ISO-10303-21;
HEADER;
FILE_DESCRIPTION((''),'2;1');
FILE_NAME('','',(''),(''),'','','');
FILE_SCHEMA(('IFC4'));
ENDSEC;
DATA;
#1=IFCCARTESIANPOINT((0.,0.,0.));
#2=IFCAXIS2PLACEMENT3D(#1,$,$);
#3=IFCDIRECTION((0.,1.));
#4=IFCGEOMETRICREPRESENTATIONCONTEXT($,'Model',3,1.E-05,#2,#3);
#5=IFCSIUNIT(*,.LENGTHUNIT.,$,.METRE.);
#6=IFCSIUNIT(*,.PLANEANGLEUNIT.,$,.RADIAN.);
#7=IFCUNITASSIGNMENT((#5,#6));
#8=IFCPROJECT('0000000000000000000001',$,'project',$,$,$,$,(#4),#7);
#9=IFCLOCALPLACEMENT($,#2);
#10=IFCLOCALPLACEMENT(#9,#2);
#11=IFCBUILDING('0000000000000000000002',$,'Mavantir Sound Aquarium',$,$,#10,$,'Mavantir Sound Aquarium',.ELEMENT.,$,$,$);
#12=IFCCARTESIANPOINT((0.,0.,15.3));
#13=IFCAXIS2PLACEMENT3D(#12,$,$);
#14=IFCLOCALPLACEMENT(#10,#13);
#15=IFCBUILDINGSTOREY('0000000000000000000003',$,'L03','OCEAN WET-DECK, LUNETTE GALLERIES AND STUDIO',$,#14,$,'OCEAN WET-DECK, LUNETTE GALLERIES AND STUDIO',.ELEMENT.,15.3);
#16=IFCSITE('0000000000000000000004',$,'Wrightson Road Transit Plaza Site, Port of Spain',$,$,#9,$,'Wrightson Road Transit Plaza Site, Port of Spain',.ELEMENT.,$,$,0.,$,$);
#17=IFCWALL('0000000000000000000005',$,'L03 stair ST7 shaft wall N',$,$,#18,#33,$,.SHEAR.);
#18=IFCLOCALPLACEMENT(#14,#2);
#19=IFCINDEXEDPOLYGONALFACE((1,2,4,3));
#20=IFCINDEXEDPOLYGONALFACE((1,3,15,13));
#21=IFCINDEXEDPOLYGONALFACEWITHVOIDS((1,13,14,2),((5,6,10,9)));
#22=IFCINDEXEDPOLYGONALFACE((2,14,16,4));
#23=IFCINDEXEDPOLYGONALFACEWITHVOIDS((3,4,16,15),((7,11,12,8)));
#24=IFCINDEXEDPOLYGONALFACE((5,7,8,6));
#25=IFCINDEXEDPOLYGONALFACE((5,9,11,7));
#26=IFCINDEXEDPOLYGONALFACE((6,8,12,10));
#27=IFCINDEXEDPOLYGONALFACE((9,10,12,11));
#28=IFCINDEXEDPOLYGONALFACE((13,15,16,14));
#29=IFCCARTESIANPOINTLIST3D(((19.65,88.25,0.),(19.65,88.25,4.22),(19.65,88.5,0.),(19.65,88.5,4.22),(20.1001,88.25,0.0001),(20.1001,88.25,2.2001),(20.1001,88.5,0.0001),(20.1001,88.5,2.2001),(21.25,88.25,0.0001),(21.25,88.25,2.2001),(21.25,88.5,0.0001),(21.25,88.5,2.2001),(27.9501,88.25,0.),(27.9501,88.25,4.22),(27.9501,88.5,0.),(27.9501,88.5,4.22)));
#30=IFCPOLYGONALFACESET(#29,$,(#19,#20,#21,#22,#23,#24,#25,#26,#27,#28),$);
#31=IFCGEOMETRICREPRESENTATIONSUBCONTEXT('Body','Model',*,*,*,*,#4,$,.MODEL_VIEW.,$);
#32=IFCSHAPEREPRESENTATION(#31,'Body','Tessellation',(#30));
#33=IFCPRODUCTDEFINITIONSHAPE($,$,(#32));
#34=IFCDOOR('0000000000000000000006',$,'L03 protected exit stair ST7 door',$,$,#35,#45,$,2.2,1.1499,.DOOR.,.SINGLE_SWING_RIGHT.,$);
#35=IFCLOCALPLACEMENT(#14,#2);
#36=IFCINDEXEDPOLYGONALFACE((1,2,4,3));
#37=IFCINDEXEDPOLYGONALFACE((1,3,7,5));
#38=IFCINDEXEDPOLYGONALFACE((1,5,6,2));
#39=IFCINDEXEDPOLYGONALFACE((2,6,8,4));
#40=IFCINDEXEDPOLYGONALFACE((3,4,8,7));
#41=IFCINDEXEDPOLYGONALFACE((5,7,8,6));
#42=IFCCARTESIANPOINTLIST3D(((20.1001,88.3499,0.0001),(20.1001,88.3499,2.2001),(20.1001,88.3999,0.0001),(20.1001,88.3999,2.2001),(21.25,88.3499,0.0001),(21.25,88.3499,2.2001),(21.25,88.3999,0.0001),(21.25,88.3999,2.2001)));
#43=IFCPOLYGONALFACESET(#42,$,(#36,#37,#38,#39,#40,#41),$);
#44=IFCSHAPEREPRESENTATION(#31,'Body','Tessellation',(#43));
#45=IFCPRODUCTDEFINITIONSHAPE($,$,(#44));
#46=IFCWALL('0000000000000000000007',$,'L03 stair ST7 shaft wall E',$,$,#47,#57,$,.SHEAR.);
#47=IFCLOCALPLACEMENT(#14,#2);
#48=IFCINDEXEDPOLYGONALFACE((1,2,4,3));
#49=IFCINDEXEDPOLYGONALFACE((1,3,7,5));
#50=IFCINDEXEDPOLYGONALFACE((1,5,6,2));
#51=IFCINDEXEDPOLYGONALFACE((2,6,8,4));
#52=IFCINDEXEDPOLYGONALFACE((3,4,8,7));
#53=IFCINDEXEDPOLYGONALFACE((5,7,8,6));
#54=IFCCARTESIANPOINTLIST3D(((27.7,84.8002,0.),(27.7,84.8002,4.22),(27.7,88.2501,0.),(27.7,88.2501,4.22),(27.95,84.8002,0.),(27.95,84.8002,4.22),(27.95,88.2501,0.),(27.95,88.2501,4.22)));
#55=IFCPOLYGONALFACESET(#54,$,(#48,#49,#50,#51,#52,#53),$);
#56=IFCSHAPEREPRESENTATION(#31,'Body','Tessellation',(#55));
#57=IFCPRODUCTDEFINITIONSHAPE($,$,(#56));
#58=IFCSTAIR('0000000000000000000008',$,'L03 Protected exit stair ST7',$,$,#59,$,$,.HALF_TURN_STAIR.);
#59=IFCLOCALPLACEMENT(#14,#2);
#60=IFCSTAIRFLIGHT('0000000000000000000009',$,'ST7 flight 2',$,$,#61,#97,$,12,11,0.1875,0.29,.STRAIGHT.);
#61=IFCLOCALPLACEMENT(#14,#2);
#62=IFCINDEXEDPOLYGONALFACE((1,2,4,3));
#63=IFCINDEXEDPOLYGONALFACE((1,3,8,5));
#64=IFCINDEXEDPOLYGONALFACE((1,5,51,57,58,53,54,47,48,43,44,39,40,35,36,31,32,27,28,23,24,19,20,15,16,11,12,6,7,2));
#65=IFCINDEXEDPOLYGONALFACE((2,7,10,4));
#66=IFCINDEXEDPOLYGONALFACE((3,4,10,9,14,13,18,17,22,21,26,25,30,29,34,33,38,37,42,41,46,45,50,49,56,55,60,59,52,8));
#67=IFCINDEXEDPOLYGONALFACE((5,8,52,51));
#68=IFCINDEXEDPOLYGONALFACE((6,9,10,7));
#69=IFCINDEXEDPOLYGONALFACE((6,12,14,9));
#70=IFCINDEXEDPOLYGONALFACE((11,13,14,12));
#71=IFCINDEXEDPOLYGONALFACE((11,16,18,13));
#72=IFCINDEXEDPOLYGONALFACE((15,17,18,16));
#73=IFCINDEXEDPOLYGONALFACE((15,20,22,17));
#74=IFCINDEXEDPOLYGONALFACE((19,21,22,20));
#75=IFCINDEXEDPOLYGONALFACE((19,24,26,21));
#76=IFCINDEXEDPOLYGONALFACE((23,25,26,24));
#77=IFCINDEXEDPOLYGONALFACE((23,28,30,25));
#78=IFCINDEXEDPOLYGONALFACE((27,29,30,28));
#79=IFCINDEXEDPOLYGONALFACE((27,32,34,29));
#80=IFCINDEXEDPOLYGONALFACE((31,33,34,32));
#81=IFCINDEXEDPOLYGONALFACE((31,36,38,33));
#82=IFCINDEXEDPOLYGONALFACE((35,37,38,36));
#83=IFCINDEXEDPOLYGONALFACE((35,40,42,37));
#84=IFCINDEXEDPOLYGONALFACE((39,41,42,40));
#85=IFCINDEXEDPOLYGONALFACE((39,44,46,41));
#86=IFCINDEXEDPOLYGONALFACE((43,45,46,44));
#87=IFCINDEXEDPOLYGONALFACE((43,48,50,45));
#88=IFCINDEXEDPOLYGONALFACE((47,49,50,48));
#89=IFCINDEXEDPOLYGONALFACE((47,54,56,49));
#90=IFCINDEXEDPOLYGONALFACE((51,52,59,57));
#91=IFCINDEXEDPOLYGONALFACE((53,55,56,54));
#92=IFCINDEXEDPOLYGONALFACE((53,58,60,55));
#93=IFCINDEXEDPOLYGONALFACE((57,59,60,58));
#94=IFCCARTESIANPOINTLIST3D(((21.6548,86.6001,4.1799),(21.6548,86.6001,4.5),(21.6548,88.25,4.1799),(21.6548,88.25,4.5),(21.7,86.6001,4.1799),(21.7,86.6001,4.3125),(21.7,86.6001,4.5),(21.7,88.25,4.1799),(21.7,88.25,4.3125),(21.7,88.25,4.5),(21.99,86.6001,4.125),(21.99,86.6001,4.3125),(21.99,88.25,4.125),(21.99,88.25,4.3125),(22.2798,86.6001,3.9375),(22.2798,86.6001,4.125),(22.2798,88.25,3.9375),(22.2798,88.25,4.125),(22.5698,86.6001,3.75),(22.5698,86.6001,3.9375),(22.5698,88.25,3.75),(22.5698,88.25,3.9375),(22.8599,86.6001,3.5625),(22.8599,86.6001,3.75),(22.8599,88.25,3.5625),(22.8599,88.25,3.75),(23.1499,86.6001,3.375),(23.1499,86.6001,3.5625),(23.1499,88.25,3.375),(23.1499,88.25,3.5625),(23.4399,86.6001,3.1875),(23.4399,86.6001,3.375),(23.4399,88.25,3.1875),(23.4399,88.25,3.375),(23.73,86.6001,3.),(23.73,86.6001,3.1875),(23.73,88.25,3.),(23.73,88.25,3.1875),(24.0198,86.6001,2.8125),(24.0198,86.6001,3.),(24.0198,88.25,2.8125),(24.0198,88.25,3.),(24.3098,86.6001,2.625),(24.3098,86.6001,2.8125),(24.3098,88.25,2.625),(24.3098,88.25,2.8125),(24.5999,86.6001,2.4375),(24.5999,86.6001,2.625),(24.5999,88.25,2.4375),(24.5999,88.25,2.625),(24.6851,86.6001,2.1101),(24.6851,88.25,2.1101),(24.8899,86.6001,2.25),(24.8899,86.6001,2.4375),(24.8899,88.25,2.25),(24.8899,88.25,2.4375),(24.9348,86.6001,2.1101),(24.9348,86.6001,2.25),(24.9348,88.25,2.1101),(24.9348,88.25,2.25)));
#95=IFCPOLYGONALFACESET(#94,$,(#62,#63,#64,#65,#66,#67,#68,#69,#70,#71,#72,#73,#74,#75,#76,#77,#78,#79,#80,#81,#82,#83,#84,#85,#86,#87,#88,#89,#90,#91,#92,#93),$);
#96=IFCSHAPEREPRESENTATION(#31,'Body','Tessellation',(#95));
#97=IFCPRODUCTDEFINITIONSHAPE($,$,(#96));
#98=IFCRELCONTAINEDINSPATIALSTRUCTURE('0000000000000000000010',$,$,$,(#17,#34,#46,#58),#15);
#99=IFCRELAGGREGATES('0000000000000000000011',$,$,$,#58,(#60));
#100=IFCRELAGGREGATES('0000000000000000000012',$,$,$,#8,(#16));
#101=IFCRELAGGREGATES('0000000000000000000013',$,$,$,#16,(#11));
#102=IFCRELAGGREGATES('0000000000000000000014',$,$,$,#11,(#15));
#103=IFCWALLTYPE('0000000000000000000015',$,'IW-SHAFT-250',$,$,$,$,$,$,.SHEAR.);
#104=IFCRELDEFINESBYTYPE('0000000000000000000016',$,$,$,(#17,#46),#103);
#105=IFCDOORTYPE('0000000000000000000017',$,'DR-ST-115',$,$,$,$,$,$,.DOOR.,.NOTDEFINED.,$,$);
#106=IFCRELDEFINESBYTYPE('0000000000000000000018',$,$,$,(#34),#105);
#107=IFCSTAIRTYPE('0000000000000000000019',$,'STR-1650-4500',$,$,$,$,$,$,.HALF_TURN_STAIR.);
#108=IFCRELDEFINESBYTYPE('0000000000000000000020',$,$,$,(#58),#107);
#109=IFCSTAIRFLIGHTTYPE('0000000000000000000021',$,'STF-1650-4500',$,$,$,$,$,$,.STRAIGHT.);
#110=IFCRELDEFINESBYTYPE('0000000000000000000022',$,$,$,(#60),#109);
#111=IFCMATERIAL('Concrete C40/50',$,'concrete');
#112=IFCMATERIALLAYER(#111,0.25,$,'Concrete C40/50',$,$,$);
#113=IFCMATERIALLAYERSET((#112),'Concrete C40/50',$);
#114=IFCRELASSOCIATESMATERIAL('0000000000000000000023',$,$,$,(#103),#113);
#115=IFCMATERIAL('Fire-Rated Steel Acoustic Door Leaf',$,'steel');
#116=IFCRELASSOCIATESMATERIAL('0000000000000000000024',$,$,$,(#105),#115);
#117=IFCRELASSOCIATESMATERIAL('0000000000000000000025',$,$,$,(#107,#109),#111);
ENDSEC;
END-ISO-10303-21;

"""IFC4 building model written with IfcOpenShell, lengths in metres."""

from ifc_helpers import new_model, si_unit, direction, frame, frame_2d, origin, place, context, subcontext, project, spatial, polyline, rectangle, outline, extrude, material, layer, layer_set, type_object, element, fill, aggregate, save


model = new_model("IFC4")

# Units and contexts
model_context = context("Model", 3, precision=1e-05, world=origin(), true_north=direction((0.0, 1.0)))
body_context = subcontext(model_context, "Body", "Model", "MODEL_VIEW")
ifc_project = project(units=[si_unit("LENGTHUNIT", "METRE"), si_unit("PLANEANGLEUNIT", "RADIAN")], contexts=[model_context])

# Site, building, storey
site_placement = place(None, origin())
site = spatial("IfcSite", under=ifc_project, at=site_placement, Name="Wrightson Road Transit Plaza Site, Port of Spain", LongName="Wrightson Road Transit Plaza Site, Port of Spain", CompositionType="ELEMENT", RefElevation=0.0)
building_placement = place(site_placement, origin())
building = spatial("IfcBuilding", under=site, at=building_placement, Name="Mavantir Sound Aquarium", LongName="Mavantir Sound Aquarium", CompositionType="ELEMENT")
storey_placement = place(building_placement, frame((0.0, 0.0, 15.3)))
storey = spatial("IfcBuildingStorey", under=building, at=storey_placement, Name="L03", Description="OCEAN WET-DECK, LUNETTE GALLERIES AND STUDIO", LongName="OCEAN WET-DECK, LUNETTE GALLERIES AND STUDIO", CompositionType="ELEMENT", Elevation=15.3)

# Shared definitions
ifc_material_1 = material(Name="Concrete C40/50", Category="concrete")

# Wall, opening, door
ifc_layer_1 = layer(ifc_material_1, 0.25, Name="Concrete C40/50")
ifc_layer_set_1 = layer_set([ifc_layer_1], Name="Concrete C40/50")
wall_type_1 = type_object("IfcWallType", Name="IW-SHAFT-250", PredefinedType="SHEAR", material=ifc_layer_set_1)
wall_1_placement = place(storey_placement, frame((27.95, 88.375, 0.0), z_axis=(0.0, 0.0, 1.0), x_axis=(-1.0, 0.0, 0.0)))
wall_1 = element("IfcWall", 1, at=wall_1_placement, inside=storey, type_object=wall_type_1, Name="L03 stair ST7 shaft wall N", PredefinedType="SHEAR", context=body_context, shape_type="SweptSolid", body=[
    extrude(rectangle(XDim=8.3, YDim=0.25, at=frame_2d((4.1499, 0.0))), origin(), (0.0, 0.0, 1.0), 4.22),
])
opening_1_placement = place(wall_1_placement, frame((7.8499, 0.0, 0.0), z_axis=(0.0, 0.0, 1.0), x_axis=(-1.0, 0.0, 0.0)))
opening_1 = element("IfcOpeningElement", 2, at=opening_1_placement, cuts=wall_1, PredefinedType="OPENING", context=body_context, shape_type="SweptSolid", body=[
    extrude(rectangle(XDim=1.1499, YDim=2.2, at=frame_2d((0.575, 1.1001))), frame((0.0, 0.135, 0.0), z_axis=(0.0, -1.0, 0.0), x_axis=(1.0, 0.0, 0.0)), (0.0, 0.0, 1.0), 0.27),
])
ifc_material_2 = material(Name="Fire-Rated Steel Acoustic Door Leaf", Category="steel")
door_type = type_object("IfcDoorType", Name="DR-ST-115", OperationType="NOTDEFINED", PredefinedType="DOOR", material=ifc_material_2)
door_placement = place(opening_1_placement, origin())
door = element("IfcDoor", 3, at=door_placement, inside=storey, type_object=door_type, Name="L03 protected exit stair ST7 door", OperationType="SINGLE_SWING_RIGHT", OverallHeight=2.2, OverallWidth=1.1499, PredefinedType="DOOR", context=body_context, shape_type="SweptSolid", body=[
    extrude(rectangle(XDim=1.1499, YDim=2.2, at=frame_2d((0.575, 1.1001))), frame((0.0, 0.0249, 0.0), z_axis=(0.0, -1.0, 0.0), x_axis=(1.0, 0.0, 0.0)), (0.0, 0.0, 1.0), 0.05),
])
fill(opening_1, door)

# Wall
wall_2_placement = place(storey_placement, frame((27.825, 84.8, 0.0), z_axis=(0.0, 0.0, 1.0), x_axis=(0.0, 1.0, 0.0)))
element("IfcWall", 4, at=wall_2_placement, inside=storey, type_object=wall_type_1, Name="L03 stair ST7 shaft wall E", PredefinedType="SHEAR", context=body_context, shape_type="SweptSolid", body=[
    extrude(rectangle(XDim=3.45, YDim=0.25, at=frame_2d((1.7251, 0.0))), origin(), (0.0, 0.0, 1.0), 4.22),
])

# Stair, stair flight
stair_type = type_object("IfcStairType", Name="STR-1650-4500", PredefinedType="HALF_TURN_STAIR", material=ifc_material_1)
stair_placement = place(storey_placement, origin())
stair = element("IfcStair", 5, at=stair_placement, inside=storey, type_object=stair_type, Name="L03 Protected exit stair ST7", PredefinedType="HALF_TURN_STAIR")
stair_flight_type = type_object("IfcStairFlightType", Name="STF-1650-4500", PredefinedType="STRAIGHT", material=ifc_material_1)
stair_flight_placement = place(storey_placement, frame((24.8899, 87.425, 2.25), z_axis=(0.0, 0.0, 1.0), x_axis=(-1.0, 0.0, 0.0)))
stair_flight = element("IfcStairFlight", 6, at=stair_flight_placement, type_object=stair_flight_type, Name="ST7 flight 2", NumberOfRisers=12, NumberOfTreads=11, PredefinedType="STRAIGHT", RiserHeight=0.1875, TreadLength=0.29, context=body_context, shape_type="SweptSolid", body=[
    extrude(outline(polyline([(-0.0449, -0.1399), (-0.0449, 0.0), (0.0, 0.0), (0.0, 0.1875), (0.29, 0.1875), (0.29, 0.375), (0.5801, 0.375), (0.5801, 0.5625), (0.8701, 0.5625), (0.8701, 0.75), (1.1599, 0.75), (1.1599, 0.9375), (1.45, 0.9375), (1.45, 1.125), (1.74, 1.125), (1.74, 1.3125), (2.03, 1.3125), (2.03, 1.5), (2.3201, 1.5), (2.3201, 1.6875), (2.6101, 1.6875), (2.6101, 1.875), (2.8999, 1.875), (2.8999, 2.0625), (3.1899, 2.0625), (3.1899, 2.25), (3.2351, 2.25), (3.2351, 1.9299), (3.1899, 1.9299), (0.2048, -0.1399), (-0.0449, -0.1399)])), frame((0.0, 0.825, 0.0), z_axis=(0.0, -1.0, 0.0), x_axis=(1.0, 0.0, 0.0)), (0.0, 0.0, 1.0), 1.6499),
])
aggregate(stair, [stair_flight])

save(model, "model.ifc")
